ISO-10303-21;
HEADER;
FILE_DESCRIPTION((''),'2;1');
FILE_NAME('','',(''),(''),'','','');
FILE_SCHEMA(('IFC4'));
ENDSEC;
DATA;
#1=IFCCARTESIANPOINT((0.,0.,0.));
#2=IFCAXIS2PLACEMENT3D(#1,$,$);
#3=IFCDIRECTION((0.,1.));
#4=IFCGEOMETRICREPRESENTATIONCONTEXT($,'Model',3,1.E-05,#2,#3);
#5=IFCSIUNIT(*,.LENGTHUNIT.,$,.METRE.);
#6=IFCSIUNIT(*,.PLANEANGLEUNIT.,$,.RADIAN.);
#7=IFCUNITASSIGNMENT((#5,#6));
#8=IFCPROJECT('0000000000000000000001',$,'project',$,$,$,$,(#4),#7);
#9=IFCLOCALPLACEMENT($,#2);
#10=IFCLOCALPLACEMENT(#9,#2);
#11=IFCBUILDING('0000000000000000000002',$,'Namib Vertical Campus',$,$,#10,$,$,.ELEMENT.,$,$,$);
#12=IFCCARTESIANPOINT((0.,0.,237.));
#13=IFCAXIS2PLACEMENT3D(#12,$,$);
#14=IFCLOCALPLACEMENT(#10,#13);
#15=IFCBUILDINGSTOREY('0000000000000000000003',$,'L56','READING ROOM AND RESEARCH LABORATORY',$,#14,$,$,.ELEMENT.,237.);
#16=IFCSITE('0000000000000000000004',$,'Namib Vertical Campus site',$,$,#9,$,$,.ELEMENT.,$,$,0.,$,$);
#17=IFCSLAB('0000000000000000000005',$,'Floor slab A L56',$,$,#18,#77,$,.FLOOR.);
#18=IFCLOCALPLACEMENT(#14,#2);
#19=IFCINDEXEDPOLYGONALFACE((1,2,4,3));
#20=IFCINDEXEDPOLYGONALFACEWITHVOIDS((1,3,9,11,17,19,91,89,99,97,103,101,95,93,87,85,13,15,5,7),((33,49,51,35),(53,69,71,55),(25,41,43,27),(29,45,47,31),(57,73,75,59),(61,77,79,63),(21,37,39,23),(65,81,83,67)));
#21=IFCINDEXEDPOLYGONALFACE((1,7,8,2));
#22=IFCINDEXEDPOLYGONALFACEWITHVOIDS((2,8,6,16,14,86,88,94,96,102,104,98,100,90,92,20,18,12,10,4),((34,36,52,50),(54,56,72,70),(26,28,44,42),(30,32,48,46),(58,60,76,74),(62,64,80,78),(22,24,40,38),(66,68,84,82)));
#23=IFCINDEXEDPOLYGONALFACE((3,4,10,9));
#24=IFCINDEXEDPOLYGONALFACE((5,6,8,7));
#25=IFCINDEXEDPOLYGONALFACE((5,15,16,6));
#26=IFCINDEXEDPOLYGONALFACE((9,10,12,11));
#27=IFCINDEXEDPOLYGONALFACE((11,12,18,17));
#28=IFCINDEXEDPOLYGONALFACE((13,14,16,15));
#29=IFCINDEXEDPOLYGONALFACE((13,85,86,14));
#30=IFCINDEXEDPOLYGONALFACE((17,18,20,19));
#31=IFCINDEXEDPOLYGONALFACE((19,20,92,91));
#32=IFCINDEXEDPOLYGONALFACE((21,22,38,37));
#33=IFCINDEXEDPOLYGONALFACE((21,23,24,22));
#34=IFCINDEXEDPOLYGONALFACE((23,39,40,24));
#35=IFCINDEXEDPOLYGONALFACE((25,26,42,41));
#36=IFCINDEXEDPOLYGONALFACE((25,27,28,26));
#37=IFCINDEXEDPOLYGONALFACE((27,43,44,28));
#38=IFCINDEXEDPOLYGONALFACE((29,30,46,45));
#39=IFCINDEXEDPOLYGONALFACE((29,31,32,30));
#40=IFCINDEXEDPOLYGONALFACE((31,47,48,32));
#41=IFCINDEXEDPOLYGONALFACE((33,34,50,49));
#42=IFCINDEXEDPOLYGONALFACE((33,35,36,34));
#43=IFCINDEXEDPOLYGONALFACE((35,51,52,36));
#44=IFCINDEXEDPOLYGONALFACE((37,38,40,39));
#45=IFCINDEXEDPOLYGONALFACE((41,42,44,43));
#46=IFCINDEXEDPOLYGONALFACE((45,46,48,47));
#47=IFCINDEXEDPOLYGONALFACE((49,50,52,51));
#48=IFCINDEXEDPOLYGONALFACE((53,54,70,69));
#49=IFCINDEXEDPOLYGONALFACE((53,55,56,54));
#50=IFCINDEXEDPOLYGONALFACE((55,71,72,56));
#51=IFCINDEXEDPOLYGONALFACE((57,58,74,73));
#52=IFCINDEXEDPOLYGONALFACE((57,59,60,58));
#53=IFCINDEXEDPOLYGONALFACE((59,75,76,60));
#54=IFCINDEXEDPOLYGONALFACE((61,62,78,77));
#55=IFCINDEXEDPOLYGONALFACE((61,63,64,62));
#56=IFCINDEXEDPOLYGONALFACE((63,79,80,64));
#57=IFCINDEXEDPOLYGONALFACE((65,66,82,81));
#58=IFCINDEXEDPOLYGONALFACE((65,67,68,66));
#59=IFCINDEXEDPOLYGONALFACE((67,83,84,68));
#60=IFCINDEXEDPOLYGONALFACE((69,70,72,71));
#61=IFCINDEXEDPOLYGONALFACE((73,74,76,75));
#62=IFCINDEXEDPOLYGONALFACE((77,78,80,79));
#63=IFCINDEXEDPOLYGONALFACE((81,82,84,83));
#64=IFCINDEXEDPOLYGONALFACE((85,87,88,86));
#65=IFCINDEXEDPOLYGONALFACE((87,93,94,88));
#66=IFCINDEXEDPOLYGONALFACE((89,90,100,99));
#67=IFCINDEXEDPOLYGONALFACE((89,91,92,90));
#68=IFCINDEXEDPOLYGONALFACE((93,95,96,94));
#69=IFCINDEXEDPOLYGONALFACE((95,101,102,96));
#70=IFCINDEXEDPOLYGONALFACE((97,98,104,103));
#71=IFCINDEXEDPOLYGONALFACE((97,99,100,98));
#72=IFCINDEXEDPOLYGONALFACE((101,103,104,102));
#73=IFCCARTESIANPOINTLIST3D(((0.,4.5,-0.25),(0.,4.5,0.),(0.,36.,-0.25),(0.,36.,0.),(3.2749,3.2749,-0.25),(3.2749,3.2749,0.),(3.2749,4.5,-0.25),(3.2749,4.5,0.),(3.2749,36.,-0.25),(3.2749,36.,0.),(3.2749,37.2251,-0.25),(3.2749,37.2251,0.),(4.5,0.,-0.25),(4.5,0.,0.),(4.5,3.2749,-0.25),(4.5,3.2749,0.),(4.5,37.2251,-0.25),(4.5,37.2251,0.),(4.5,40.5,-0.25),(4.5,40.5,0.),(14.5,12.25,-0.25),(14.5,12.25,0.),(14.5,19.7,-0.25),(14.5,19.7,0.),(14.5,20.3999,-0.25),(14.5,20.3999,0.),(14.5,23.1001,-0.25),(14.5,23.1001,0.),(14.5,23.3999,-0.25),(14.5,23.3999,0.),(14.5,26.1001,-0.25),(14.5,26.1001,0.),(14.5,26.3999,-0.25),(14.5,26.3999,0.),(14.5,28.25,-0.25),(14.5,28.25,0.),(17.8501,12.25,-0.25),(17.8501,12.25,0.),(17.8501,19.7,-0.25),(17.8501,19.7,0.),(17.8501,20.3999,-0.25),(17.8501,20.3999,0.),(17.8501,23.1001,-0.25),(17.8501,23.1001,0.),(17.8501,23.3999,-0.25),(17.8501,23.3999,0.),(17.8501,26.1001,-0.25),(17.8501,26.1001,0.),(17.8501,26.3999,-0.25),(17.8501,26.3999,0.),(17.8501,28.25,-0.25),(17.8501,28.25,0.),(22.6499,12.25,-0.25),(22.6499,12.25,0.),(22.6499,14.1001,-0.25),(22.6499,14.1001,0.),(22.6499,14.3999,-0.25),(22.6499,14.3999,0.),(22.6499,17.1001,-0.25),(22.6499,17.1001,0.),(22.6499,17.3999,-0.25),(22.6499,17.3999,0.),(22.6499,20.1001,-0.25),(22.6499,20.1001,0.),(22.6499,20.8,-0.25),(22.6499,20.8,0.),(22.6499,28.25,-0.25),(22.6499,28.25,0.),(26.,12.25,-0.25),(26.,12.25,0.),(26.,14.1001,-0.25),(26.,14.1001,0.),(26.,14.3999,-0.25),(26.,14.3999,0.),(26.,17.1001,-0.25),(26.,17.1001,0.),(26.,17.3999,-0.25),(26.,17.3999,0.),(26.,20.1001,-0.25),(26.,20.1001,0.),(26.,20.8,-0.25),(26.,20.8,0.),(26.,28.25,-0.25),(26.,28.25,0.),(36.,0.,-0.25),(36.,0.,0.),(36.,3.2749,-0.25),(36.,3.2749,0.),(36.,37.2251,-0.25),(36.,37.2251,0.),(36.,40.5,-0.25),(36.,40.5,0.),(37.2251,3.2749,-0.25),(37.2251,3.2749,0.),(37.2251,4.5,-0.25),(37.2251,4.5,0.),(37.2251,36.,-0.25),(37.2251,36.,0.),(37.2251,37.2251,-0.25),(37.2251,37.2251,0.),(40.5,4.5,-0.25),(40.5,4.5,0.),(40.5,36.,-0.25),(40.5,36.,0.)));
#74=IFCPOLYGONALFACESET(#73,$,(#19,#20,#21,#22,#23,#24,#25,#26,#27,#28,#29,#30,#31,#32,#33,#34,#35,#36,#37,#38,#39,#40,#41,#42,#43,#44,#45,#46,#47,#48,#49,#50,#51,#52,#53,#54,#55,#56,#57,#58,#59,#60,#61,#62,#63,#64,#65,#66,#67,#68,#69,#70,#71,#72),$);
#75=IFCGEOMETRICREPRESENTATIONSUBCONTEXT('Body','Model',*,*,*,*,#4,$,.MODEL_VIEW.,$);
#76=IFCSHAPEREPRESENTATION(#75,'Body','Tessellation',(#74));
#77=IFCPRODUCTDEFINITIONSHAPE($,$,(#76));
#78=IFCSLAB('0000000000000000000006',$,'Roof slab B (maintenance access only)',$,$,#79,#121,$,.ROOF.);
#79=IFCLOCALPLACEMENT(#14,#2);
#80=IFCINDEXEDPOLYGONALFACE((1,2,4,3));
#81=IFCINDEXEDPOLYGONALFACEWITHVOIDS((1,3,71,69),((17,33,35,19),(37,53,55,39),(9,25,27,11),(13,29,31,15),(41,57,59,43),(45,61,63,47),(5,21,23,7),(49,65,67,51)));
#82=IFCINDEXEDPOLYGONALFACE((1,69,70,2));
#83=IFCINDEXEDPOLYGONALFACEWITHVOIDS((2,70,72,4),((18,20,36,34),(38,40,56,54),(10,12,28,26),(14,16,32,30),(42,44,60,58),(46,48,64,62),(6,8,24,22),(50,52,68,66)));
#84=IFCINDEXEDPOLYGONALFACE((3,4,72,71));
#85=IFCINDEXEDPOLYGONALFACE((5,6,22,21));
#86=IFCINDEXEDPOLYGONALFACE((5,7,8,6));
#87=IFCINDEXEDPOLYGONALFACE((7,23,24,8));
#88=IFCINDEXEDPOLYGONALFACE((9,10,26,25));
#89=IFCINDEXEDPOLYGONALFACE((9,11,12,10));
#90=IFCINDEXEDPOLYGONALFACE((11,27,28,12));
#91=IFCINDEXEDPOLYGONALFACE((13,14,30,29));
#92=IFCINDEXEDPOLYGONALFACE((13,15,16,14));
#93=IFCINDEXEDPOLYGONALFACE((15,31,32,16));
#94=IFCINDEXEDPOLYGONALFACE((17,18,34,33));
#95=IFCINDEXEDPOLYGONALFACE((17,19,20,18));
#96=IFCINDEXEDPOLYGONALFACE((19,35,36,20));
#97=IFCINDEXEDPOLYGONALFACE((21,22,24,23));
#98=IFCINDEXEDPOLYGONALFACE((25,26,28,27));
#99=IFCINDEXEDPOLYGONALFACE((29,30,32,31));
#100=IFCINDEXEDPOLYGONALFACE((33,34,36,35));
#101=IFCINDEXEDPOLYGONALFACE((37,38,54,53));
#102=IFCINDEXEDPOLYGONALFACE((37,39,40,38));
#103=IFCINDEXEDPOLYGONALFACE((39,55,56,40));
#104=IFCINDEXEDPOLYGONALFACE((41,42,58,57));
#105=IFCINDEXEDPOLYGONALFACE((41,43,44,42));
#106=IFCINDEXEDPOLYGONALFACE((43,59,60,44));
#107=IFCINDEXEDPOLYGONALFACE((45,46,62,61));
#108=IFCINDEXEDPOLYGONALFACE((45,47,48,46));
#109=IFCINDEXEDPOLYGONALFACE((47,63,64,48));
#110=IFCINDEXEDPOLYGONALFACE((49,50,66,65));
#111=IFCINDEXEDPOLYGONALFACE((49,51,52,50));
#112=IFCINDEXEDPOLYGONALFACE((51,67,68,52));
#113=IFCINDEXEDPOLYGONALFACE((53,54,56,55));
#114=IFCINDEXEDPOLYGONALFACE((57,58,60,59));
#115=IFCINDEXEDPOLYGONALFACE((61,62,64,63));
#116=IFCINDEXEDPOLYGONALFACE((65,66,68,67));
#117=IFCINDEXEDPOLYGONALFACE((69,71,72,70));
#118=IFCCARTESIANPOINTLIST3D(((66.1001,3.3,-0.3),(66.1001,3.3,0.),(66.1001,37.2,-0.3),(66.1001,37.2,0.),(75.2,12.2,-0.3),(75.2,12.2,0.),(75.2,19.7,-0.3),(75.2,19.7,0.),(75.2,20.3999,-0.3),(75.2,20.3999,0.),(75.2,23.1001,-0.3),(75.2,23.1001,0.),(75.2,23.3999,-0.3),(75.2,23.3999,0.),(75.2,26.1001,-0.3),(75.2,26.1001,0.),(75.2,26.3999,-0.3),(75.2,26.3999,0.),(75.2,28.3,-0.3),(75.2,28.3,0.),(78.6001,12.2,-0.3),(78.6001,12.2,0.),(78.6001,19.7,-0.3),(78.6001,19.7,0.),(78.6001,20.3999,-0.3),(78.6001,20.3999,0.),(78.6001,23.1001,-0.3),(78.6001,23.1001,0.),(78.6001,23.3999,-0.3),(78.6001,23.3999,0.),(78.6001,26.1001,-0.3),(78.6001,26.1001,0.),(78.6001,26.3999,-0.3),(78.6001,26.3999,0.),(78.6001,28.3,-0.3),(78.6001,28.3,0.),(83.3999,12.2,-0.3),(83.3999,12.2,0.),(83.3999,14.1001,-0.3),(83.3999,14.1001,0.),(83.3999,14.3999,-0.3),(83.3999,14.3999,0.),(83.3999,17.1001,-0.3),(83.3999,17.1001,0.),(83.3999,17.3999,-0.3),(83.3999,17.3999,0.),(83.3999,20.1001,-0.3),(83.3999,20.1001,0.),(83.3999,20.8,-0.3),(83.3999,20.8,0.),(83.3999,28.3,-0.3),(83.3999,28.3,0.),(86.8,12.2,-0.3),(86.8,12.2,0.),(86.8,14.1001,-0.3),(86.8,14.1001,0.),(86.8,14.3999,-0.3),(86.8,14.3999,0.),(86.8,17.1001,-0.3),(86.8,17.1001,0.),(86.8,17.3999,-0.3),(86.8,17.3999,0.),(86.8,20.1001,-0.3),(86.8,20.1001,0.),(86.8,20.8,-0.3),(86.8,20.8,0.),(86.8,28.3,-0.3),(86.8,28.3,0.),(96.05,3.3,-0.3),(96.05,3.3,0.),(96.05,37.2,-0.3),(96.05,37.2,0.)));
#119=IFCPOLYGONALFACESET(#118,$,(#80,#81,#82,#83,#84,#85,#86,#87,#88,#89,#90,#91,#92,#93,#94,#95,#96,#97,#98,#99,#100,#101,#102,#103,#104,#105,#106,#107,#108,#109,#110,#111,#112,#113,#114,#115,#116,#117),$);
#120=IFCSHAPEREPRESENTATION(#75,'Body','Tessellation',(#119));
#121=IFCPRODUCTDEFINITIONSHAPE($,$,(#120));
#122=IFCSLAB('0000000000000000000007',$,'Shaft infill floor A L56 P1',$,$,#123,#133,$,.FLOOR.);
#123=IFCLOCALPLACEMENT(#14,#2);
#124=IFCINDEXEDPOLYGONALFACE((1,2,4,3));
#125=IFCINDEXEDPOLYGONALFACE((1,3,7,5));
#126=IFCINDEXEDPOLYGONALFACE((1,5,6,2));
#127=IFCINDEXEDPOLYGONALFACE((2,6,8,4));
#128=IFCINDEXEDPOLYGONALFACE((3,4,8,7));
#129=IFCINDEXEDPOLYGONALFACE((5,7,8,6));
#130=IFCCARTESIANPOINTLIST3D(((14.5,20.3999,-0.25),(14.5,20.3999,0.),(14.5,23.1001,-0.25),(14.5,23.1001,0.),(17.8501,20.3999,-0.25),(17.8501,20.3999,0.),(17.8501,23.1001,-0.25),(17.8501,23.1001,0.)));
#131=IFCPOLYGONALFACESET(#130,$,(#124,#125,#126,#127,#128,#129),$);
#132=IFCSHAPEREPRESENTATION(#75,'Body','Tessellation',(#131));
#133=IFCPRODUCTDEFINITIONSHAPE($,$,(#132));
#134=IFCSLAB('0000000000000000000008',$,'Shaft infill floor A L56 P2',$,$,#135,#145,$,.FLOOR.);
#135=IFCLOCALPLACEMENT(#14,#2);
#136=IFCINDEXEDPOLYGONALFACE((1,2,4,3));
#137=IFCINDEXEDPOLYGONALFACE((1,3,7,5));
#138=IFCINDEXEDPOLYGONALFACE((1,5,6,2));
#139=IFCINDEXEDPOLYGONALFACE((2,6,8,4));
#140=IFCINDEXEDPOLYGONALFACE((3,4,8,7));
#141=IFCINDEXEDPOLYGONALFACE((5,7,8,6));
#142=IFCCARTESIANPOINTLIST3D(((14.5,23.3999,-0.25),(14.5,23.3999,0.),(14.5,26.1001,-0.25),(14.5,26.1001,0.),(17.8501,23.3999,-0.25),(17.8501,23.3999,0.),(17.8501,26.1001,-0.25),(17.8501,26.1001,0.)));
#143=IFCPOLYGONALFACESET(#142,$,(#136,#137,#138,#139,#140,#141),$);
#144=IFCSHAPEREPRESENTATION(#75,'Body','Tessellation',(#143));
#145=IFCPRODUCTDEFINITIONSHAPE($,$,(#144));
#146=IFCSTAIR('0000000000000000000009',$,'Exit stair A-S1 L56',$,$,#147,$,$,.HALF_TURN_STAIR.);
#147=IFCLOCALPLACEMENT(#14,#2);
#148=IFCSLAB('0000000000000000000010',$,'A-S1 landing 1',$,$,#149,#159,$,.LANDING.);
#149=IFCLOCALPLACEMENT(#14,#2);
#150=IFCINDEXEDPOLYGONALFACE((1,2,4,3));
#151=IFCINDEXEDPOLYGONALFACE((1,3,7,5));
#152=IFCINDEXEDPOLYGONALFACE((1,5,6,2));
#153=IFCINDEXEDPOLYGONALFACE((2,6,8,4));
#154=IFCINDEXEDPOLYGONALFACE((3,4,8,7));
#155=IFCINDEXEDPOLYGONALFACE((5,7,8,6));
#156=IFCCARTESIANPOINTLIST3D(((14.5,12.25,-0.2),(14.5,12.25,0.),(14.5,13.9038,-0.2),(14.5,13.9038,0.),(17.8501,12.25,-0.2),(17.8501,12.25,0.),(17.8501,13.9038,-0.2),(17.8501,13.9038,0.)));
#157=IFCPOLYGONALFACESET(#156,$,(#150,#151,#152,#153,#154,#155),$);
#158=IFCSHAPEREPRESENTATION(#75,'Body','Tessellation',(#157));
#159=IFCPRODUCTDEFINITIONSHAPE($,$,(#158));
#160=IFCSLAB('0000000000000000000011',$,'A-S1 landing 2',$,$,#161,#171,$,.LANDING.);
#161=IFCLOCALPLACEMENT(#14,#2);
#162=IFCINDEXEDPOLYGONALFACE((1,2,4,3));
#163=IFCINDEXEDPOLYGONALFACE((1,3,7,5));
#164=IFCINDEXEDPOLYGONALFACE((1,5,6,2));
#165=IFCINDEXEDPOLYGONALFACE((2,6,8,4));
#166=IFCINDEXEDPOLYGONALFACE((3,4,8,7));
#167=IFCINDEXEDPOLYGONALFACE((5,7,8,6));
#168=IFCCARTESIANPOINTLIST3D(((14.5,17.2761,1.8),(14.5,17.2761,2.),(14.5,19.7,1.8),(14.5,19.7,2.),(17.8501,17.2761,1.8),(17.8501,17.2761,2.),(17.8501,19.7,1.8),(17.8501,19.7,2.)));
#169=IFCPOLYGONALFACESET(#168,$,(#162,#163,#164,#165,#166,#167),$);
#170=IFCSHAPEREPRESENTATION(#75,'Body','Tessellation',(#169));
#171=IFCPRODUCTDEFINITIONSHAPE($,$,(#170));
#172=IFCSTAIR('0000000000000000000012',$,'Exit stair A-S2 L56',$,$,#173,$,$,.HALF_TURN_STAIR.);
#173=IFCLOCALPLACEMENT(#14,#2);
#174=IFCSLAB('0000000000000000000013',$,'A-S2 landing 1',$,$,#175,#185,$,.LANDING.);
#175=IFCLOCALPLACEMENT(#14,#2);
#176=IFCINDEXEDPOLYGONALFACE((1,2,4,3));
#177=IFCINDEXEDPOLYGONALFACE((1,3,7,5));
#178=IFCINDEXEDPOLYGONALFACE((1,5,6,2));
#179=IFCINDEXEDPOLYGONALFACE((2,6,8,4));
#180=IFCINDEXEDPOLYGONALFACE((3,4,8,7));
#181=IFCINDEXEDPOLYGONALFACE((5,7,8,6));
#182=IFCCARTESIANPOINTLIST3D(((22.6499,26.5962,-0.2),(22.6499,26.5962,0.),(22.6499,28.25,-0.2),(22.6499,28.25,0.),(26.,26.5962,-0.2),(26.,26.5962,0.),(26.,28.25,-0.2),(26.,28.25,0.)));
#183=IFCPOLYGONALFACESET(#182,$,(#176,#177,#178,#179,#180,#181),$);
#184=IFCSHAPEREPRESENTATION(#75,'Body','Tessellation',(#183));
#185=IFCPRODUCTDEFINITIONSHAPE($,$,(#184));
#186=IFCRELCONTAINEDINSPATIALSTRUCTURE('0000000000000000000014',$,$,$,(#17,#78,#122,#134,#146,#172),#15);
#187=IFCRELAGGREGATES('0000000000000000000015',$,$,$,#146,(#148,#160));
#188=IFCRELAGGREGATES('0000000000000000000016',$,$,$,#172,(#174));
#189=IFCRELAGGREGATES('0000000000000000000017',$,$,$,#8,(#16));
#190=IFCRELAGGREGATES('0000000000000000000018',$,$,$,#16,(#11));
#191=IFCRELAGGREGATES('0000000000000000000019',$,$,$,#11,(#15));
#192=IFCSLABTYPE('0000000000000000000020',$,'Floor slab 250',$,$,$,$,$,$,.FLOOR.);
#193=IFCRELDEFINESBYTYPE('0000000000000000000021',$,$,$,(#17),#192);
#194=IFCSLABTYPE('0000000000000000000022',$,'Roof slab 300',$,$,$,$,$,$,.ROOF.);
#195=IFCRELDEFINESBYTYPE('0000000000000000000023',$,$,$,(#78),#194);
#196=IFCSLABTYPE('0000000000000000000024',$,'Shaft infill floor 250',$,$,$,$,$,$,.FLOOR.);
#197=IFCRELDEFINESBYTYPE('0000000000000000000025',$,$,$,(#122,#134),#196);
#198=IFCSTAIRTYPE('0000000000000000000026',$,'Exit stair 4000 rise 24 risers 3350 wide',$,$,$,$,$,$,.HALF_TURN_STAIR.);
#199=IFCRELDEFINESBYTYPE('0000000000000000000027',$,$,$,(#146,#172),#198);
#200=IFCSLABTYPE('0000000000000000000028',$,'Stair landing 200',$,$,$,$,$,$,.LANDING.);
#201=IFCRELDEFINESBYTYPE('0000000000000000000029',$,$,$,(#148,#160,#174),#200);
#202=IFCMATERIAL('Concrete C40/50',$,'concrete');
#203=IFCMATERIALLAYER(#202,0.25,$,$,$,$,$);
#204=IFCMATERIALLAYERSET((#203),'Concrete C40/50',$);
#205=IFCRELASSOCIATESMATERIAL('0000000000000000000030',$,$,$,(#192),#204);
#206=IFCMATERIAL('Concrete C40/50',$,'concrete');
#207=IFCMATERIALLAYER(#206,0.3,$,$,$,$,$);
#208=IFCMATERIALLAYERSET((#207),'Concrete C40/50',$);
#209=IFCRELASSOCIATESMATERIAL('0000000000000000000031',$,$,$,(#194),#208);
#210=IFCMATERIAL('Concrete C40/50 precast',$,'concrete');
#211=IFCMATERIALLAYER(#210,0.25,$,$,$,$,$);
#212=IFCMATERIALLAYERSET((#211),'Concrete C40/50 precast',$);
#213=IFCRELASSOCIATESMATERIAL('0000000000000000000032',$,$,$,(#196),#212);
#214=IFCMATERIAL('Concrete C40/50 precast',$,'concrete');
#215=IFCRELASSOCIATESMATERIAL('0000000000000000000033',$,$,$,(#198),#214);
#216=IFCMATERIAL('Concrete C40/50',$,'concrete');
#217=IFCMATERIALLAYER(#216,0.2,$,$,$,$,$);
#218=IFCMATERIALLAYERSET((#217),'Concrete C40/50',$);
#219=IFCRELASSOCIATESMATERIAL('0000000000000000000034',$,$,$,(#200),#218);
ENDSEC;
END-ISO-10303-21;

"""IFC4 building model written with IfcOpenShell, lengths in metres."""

from ifc_helpers import new_model, si_unit, direction, frame, origin, place, context, subcontext, project, spatial, polyline, outline, extrude, material, layer, layer_set, type_object, element, aggregate, save


model = new_model("IFC4")

# Units and contexts
model_context = context("Model", 3, precision=1e-05, world=origin(), true_north=direction((0.0, 1.0)))
body_context = subcontext(model_context, "Body", "Model", "MODEL_VIEW")
ifc_project = project(units=[si_unit("LENGTHUNIT", "METRE"), si_unit("PLANEANGLEUNIT", "RADIAN")], contexts=[model_context])

# Site, building, storey
site_placement = place(None, origin())
site = spatial("IfcSite", under=ifc_project, at=site_placement, Name="Namib Vertical Campus site", CompositionType="ELEMENT", RefElevation=0.0)
building_placement = place(site_placement, origin())
building = spatial("IfcBuilding", under=site, at=building_placement, Name="Namib Vertical Campus", CompositionType="ELEMENT")
storey_placement = place(building_placement, frame((0.0, 0.0, 237.0)))
storey = spatial("IfcBuildingStorey", under=building, at=storey_placement, Name="L56", Description="READING ROOM AND RESEARCH LABORATORY", CompositionType="ELEMENT", Elevation=237.0)

# Slabs
ifc_material_1 = material(Name="Concrete C40/50", Category="concrete")
ifc_layer_1 = layer(ifc_material_1, 0.25)
ifc_layer_set_1 = layer_set([ifc_layer_1], Name="Concrete C40/50")
slab_type_1 = type_object("IfcSlabType", Name="Floor slab 250", PredefinedType="FLOOR", material=ifc_layer_set_1)
slab_1_placement = place(storey_placement, frame((0.0, 0.0, -0.25)))
element("IfcSlab", 1, at=slab_1_placement, inside=storey, type_object=slab_type_1, Name="Floor slab A L56", PredefinedType="FLOOR", context=body_context, shape_type="SweptSolid", body=[
    extrude(outline(polyline([(4.5, 0.0), (36.0, 0.0), (36.0, 3.2749), (37.2251, 3.2749), (37.2251, 4.5), (40.5, 4.5), (40.5, 36.0), (37.2251, 36.0), (37.2251, 37.2251), (36.0, 37.2251), (36.0, 40.5), (4.5, 40.5), (4.5, 37.2251), (3.2749, 37.2251), (3.2749, 36.0), (0.0, 36.0), (0.0, 4.5), (3.2749, 4.5), (3.2749, 3.2749), (4.5, 3.2749), (4.5, 0.0)]), holes=[polyline([(14.5, 12.25), (17.8501, 12.25), (17.8501, 19.7), (14.5, 19.7), (14.5, 12.25)]), polyline([(22.6499, 20.8), (26.0, 20.8), (26.0, 28.25), (22.6499, 28.25), (22.6499, 20.8)]), polyline([(22.6499, 12.25), (26.0, 12.25), (26.0, 14.1001), (22.6499, 14.1001), (22.6499, 12.25)]), polyline([(14.5, 20.3999), (17.8501, 20.3999), (17.8501, 23.1001), (14.5, 23.1001), (14.5, 20.3999)]), polyline([(14.5, 23.3999), (17.8501, 23.3999), (17.8501, 26.1001), (14.5, 26.1001), (14.5, 23.3999)]), polyline([(14.5, 26.3999), (17.8501, 26.3999), (17.8501, 28.25), (14.5, 28.25), (14.5, 26.3999)]), polyline([(22.6499, 14.3999), (26.0, 14.3999), (26.0, 17.1001), (22.6499, 17.1001), (22.6499, 14.3999)]), polyline([(22.6499, 17.3999), (26.0, 17.3999), (26.0, 20.1001), (22.6499, 20.1001), (22.6499, 17.3999)])]), origin(), (0.0, 0.0, 1.0), 0.25),
])
ifc_material_2 = material(Name="Concrete C40/50", Category="concrete")
ifc_layer_2 = layer(ifc_material_2, 0.3)
ifc_layer_set_2 = layer_set([ifc_layer_2], Name="Concrete C40/50")
slab_type_2 = type_object("IfcSlabType", Name="Roof slab 300", PredefinedType="ROOF", material=ifc_layer_set_2)
slab_2_placement = place(storey_placement, frame((0.0, 0.0, -0.3)))
element("IfcSlab", 2, at=slab_2_placement, inside=storey, type_object=slab_type_2, Name="Roof slab B (maintenance access only)", PredefinedType="ROOF", context=body_context, shape_type="SweptSolid", body=[
    extrude(outline(polyline([(66.1001, 3.3), (96.05, 3.3), (96.05, 37.2), (66.1001, 37.2), (66.1001, 3.3)]), holes=[polyline([(75.2, 12.2), (78.6001, 12.2), (78.6001, 19.7), (75.2, 19.7), (75.2, 12.2)]), polyline([(83.3999, 20.8), (86.8, 20.8), (86.8, 28.3), (83.3999, 28.3), (83.3999, 20.8)]), polyline([(83.3999, 12.2), (86.8, 12.2), (86.8, 14.1001), (83.3999, 14.1001), (83.3999, 12.2)]), polyline([(75.2, 20.3999), (78.6001, 20.3999), (78.6001, 23.1001), (75.2, 23.1001), (75.2, 20.3999)]), polyline([(75.2, 23.3999), (78.6001, 23.3999), (78.6001, 26.1001), (75.2, 26.1001), (75.2, 23.3999)]), polyline([(75.2, 26.3999), (78.6001, 26.3999), (78.6001, 28.3), (75.2, 28.3), (75.2, 26.3999)]), polyline([(83.3999, 14.3999), (86.8, 14.3999), (86.8, 17.1001), (83.3999, 17.1001), (83.3999, 14.3999)]), polyline([(83.3999, 17.3999), (86.8, 17.3999), (86.8, 20.1001), (83.3999, 20.1001), (83.3999, 17.3999)])]), origin(), (0.0, 0.0, 1.0), 0.3),
])
ifc_material_3 = material(Name="Concrete C40/50 precast", Category="concrete")
ifc_layer_3 = layer(ifc_material_3, 0.25)
ifc_layer_set_3 = layer_set([ifc_layer_3], Name="Concrete C40/50 precast")
slab_type_3 = type_object("IfcSlabType", Name="Shaft infill floor 250", PredefinedType="FLOOR", material=ifc_layer_set_3)
slab_3_placement = place(storey_placement, frame((0.0, 0.0, -0.25)))
element("IfcSlab", 3, at=slab_3_placement, inside=storey, type_object=slab_type_3, Name="Shaft infill floor A L56 P1", PredefinedType="FLOOR", context=body_context, shape_type="SweptSolid", body=[
    extrude(outline(polyline([(14.5, 20.3999), (17.8501, 20.3999), (17.8501, 23.1001), (14.5, 23.1001), (14.5, 20.3999)])), origin(), (0.0, 0.0, 1.0), 0.25),
])
slab_4_placement = place(storey_placement, frame((0.0, 0.0, -0.25)))
element("IfcSlab", 4, at=slab_4_placement, inside=storey, type_object=slab_type_3, Name="Shaft infill floor A L56 P2", PredefinedType="FLOOR", context=body_context, shape_type="SweptSolid", body=[
    extrude(outline(polyline([(14.5, 23.3999), (17.8501, 23.3999), (17.8501, 26.1001), (14.5, 26.1001), (14.5, 23.3999)])), origin(), (0.0, 0.0, 1.0), 0.25),
])

# Stairs, slabs
ifc_material_4 = material(Name="Concrete C40/50 precast", Category="concrete")
stair_type = type_object("IfcStairType", Name="Exit stair 4000 rise 24 risers 3350 wide", PredefinedType="HALF_TURN_STAIR", material=ifc_material_4)
stair_1_placement = place(storey_placement, origin())
stair_1 = element("IfcStair", 5, at=stair_1_placement, inside=storey, type_object=stair_type, Name="Exit stair A-S1 L56", PredefinedType="HALF_TURN_STAIR")
ifc_material_5 = material(Name="Concrete C40/50", Category="concrete")
ifc_layer_4 = layer(ifc_material_5, 0.2)
ifc_layer_set_4 = layer_set([ifc_layer_4], Name="Concrete C40/50")
slab_type_4 = type_object("IfcSlabType", Name="Stair landing 200", PredefinedType="LANDING", material=ifc_layer_set_4)
slab_5_placement = place(storey_placement, frame((0.0, 0.0, -0.2)))
slab_5 = element("IfcSlab", 6, at=slab_5_placement, type_object=slab_type_4, Name="A-S1 landing 1", PredefinedType="LANDING", context=body_context, shape_type="SweptSolid", body=[
    extrude(outline(polyline([(14.5, 12.25), (17.8501, 12.25), (17.8501, 13.9038), (14.5, 13.9038), (14.5, 12.25)])), origin(), (0.0, 0.0, 1.0), 0.2),
])
slab_6_placement = place(storey_placement, frame((0.0, 0.0, 1.8)))
slab_6 = element("IfcSlab", 7, at=slab_6_placement, type_object=slab_type_4, Name="A-S1 landing 2", PredefinedType="LANDING", context=body_context, shape_type="SweptSolid", body=[
    extrude(outline(polyline([(14.5, 17.2761), (17.8501, 17.2761), (17.8501, 19.7), (14.5, 19.7), (14.5, 17.2761)])), origin(), (0.0, 0.0, 1.0), 0.2),
])
aggregate(stair_1, [slab_5, slab_6])
stair_2_placement = place(storey_placement, origin())
stair_2 = element("IfcStair", 8, at=stair_2_placement, inside=storey, type_object=stair_type, Name="Exit stair A-S2 L56", PredefinedType="HALF_TURN_STAIR")
slab_7_placement = place(storey_placement, frame((0.0, 0.0, -0.2)))
slab_7 = element("IfcSlab", 9, at=slab_7_placement, type_object=slab_type_4, Name="A-S2 landing 1", PredefinedType="LANDING", context=body_context, shape_type="SweptSolid", body=[
    extrude(outline(polyline([(22.6499, 26.5962), (26.0, 26.5962), (26.0, 28.25), (22.6499, 28.25), (22.6499, 26.5962)])), origin(), (0.0, 0.0, 1.0), 0.2),
])
aggregate(stair_2, [slab_7])

save(model, "model.ifc")
